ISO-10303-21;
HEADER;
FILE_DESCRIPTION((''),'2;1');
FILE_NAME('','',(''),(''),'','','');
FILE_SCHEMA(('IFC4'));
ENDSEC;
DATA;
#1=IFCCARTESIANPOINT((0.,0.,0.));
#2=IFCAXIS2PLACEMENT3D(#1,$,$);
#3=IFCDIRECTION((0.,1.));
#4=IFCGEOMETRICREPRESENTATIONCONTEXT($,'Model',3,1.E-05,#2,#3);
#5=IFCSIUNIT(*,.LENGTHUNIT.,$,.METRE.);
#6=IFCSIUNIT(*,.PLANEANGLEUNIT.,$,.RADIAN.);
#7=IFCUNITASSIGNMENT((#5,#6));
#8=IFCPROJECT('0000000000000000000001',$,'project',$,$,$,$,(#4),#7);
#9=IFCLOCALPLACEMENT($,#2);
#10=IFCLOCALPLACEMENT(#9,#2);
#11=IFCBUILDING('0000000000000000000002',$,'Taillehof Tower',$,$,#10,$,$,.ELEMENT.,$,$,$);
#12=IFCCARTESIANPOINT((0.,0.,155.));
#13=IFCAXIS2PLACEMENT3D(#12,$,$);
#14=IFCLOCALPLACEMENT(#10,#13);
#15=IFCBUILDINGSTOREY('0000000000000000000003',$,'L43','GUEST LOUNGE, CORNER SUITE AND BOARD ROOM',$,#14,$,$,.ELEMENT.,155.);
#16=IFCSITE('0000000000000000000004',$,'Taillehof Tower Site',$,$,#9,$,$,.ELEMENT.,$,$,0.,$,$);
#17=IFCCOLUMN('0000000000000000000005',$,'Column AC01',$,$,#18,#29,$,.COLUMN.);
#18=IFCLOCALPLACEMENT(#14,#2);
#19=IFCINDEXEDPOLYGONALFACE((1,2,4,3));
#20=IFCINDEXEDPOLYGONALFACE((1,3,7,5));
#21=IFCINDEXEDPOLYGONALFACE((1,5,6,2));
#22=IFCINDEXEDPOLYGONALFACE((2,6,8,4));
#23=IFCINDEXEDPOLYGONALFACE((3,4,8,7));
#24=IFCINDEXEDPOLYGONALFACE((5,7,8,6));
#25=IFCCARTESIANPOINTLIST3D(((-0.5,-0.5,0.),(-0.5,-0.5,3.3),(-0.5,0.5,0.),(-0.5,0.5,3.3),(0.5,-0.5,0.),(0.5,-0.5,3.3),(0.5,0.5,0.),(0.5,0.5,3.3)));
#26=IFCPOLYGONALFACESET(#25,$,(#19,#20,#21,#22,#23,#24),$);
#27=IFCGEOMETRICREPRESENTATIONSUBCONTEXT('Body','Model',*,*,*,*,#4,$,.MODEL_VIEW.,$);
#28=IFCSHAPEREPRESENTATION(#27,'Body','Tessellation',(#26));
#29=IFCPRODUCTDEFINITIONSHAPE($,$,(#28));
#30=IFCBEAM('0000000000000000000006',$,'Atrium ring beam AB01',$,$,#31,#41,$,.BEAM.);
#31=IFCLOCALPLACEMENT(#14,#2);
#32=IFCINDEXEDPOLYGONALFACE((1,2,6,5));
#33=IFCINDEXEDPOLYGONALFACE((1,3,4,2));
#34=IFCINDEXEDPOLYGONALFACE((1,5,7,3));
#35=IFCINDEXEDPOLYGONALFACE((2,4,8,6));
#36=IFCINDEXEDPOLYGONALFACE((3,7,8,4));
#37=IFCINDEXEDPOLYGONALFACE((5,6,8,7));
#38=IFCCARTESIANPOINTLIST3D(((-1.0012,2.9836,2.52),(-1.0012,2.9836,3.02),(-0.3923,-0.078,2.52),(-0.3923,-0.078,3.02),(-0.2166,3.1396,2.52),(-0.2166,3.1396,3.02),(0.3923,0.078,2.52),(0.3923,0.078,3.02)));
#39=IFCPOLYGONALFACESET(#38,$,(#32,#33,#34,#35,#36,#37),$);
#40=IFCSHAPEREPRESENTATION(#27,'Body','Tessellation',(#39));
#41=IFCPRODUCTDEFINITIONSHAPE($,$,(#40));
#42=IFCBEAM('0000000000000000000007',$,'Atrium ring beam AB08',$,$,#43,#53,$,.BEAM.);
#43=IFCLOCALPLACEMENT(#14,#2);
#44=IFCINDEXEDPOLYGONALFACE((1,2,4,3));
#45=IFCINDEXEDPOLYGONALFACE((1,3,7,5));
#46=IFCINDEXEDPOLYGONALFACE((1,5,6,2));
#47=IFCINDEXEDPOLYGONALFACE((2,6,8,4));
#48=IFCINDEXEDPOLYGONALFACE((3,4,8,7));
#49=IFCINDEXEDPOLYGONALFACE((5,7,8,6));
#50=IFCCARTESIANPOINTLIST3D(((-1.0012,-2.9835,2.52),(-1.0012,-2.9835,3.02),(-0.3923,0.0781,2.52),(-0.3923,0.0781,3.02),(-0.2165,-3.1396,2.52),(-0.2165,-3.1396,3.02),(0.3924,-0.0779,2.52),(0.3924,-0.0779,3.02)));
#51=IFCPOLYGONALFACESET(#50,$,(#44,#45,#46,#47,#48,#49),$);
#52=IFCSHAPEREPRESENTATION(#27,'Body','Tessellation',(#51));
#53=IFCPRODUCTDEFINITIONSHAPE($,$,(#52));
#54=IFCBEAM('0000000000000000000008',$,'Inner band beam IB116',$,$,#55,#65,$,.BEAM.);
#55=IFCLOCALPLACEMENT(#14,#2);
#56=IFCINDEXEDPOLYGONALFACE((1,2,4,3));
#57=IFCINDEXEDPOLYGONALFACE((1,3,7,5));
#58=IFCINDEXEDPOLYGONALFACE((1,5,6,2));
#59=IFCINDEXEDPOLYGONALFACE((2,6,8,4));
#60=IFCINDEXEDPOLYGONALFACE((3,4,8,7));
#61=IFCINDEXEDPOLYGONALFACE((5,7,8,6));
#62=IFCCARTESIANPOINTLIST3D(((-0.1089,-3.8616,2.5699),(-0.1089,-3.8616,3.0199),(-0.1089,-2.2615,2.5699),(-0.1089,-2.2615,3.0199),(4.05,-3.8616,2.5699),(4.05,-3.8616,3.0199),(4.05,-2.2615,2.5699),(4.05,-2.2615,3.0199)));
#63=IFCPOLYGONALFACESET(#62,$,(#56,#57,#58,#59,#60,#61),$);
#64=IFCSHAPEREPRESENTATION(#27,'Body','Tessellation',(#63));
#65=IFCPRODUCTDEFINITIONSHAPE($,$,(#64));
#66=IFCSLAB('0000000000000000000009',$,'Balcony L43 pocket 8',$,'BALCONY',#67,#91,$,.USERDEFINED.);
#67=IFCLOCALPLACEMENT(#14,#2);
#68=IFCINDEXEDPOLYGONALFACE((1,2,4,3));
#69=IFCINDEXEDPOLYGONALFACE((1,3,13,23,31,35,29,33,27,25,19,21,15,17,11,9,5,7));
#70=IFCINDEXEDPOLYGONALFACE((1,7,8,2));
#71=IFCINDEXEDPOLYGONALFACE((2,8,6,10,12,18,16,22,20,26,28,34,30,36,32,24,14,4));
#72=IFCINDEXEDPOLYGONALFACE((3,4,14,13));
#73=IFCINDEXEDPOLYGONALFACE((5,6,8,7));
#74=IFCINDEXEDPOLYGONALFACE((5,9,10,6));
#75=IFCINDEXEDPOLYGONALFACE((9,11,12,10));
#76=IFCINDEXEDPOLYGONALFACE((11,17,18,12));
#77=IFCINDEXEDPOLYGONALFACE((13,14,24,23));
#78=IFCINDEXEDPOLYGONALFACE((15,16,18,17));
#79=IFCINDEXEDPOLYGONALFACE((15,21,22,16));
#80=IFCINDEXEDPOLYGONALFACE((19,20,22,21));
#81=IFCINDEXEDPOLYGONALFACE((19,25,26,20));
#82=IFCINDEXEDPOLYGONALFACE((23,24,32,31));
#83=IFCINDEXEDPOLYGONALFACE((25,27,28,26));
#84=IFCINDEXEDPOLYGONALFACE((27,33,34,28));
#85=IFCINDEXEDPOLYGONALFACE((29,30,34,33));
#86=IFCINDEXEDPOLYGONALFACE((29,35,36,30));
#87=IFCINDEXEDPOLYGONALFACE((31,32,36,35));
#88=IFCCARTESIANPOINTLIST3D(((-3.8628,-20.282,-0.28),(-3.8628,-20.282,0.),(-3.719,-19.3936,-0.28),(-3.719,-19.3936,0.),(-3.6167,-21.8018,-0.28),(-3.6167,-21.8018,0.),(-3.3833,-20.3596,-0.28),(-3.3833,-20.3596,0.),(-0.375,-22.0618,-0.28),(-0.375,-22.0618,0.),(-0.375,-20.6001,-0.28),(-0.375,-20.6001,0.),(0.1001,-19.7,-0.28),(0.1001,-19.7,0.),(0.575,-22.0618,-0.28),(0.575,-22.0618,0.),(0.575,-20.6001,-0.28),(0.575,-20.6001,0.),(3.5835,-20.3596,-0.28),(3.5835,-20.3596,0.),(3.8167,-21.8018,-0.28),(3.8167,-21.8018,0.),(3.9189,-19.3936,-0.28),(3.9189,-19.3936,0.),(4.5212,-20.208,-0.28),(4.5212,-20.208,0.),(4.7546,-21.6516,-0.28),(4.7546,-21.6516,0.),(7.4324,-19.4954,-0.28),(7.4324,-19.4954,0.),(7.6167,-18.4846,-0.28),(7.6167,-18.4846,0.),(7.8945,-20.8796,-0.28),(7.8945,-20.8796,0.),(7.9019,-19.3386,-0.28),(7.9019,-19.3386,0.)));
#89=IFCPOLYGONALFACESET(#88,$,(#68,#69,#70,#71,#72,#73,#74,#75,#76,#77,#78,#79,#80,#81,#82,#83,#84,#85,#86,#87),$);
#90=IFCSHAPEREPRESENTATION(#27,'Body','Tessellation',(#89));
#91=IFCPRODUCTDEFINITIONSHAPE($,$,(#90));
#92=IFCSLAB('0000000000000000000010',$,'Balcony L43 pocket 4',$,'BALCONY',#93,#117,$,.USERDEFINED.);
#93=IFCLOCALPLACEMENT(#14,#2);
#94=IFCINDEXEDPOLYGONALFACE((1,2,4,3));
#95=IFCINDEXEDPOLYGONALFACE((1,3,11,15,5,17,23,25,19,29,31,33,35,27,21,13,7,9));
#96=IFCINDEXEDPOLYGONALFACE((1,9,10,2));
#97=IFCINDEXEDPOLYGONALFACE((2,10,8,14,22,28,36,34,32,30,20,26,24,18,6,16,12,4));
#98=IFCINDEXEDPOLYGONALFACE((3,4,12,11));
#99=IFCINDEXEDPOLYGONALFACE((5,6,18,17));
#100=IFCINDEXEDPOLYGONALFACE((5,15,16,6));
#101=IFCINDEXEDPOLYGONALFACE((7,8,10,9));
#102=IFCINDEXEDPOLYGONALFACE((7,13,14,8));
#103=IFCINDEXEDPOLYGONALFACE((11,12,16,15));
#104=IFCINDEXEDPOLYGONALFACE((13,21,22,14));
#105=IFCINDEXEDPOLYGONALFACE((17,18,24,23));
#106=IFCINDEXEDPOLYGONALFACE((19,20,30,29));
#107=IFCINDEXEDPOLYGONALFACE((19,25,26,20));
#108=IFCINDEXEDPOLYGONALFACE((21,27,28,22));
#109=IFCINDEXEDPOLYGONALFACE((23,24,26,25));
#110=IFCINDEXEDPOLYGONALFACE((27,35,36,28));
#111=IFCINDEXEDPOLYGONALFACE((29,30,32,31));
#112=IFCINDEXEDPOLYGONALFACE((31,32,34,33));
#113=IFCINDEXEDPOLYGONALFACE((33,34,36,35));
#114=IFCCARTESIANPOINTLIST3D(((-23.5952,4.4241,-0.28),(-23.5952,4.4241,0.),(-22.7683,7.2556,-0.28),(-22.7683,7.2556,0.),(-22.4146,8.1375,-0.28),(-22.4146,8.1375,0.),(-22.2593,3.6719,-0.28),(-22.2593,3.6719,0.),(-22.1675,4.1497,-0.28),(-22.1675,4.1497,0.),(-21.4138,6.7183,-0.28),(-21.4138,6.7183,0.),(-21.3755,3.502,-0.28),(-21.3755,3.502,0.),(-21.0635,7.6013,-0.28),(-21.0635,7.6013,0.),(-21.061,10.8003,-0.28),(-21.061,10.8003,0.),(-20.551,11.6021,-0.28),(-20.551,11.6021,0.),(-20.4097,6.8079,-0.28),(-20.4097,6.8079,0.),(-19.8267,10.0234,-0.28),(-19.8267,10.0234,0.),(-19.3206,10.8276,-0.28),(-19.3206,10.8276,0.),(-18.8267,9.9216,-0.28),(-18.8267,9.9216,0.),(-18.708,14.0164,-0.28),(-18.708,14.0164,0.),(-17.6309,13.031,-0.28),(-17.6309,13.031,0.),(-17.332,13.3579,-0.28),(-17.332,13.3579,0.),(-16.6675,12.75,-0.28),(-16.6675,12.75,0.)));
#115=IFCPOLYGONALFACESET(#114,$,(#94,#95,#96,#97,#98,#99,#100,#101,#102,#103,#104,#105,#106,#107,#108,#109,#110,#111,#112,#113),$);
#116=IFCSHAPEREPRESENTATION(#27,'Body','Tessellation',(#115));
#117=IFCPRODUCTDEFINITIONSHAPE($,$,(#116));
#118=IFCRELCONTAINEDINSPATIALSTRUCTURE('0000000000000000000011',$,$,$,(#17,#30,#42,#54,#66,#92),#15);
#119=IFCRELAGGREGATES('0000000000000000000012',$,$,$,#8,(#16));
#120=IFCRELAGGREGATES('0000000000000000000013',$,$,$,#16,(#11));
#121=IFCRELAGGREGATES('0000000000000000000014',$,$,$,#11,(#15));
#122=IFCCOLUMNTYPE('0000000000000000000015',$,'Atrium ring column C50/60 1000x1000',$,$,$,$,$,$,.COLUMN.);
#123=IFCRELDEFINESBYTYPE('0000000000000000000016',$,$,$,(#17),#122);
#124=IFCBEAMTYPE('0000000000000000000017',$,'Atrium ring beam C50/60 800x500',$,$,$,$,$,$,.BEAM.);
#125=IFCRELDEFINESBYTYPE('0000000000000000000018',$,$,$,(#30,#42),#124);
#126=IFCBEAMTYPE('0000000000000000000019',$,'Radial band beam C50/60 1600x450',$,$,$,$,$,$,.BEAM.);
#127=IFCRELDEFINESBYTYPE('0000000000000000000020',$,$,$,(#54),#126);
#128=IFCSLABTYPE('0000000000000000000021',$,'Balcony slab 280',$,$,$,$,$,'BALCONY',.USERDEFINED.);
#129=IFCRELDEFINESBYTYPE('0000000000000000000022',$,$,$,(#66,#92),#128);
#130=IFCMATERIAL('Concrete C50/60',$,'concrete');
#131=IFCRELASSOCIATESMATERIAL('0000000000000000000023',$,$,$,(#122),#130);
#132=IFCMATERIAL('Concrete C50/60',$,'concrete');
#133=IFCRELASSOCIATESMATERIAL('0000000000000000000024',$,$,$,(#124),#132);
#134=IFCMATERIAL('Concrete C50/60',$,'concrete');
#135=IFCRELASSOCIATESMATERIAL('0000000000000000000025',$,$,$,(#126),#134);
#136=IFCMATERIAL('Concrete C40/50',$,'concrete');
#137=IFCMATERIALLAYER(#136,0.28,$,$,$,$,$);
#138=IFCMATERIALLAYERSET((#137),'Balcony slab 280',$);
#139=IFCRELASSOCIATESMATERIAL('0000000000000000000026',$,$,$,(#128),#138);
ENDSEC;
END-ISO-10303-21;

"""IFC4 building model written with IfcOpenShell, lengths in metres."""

from ifc_helpers import new_model, si_unit, direction, frame, origin, origin_with_axes, origin_2d, place, context, subcontext, project, spatial, polyline, rectangle, outline, extrude, material, layer, layer_set, material_profile, profile_set, type_object, element, save


model = new_model("IFC4")

# Units and contexts
model_context = context("Model", 3, precision=1e-05, world=origin(), true_north=direction((0.0, 1.0)))
body_context = subcontext(model_context, "Body", "Model", "MODEL_VIEW")
ifc_project = project(units=[si_unit("LENGTHUNIT", "METRE"), si_unit("PLANEANGLEUNIT", "RADIAN")], contexts=[model_context])

# Site, building, storey
site_placement = place(None, origin())
site = spatial("IfcSite", under=ifc_project, at=site_placement, Name="Taillehof Tower Site", CompositionType="ELEMENT", RefElevation=0.0)
building_placement = place(site_placement, origin())
building = spatial("IfcBuilding", under=site, at=building_placement, Name="Taillehof Tower", CompositionType="ELEMENT")
storey_placement = place(building_placement, frame((0.0, 0.0, 155.0)))
storey = spatial("IfcBuildingStorey", under=building, at=storey_placement, Name="L43", Description="GUEST LOUNGE, CORNER SUITE AND BOARD ROOM", CompositionType="ELEMENT", Elevation=155.0)

# Column
ifc_material_1 = material(Name="Concrete C50/60", Category="concrete")
ifc_material_profile_1 = material_profile(ifc_material_1, rectangle(XDim=1.0, YDim=1.0, at=origin_2d()), Name="RC 1000x1000")
ifc_profile_set_1 = profile_set([ifc_material_profile_1], Name="Concrete C50/60")
column_type = type_object("IfcColumnType", Name="Atrium ring column C50/60 1000x1000", PredefinedType="COLUMN", material=ifc_profile_set_1)
column_placement = place(storey_placement, origin_with_axes())
element("IfcColumn", 1, at=column_placement, inside=storey, type_object=column_type, Name="Column AC01", PredefinedType="COLUMN", context=body_context, shape_type="SweptSolid", body=[
    extrude(rectangle(XDim=1.0, YDim=1.0, at=origin_2d()), origin(), (0.0, 0.0, 1.0), 3.3),
])

# Beams
ifc_material_2 = material(Name="Concrete C50/60", Category="concrete")
ifc_material_profile_2 = material_profile(ifc_material_2, rectangle(XDim=0.8, YDim=0.5, at=origin_2d()), Name="RC 800x500")
ifc_profile_set_2 = profile_set([ifc_material_profile_2], Name="Concrete C50/60")
beam_type_1 = type_object("IfcBeamType", Name="Atrium ring beam C50/60 800x500", PredefinedType="BEAM", material=ifc_profile_set_2)
for number, where, z_axis, x_axis, name in (
    (2, (0.0, 0.0, 2.77), (-0.195063, 0.980791, 0.0), (-0.980791, -0.195063, 0.0), "Atrium ring beam AB01"),
    (3, (-0.6089, -3.0615, 2.77), (0.195063, 0.980791, 0.0), (-0.980791, 0.195063, 0.0), "Atrium ring beam AB08"),
):
    element("IfcBeam", number, at=place(storey_placement, frame(where, z_axis=z_axis, x_axis=x_axis)), inside=storey, type_object=beam_type_1, Name=name, PredefinedType="BEAM", context=body_context, shape_type="SweptSolid", body=[
        extrude(rectangle(XDim=0.8, YDim=0.5, at=origin_2d()), origin(), (0.0, 0.0, 1.0), 3.1216),
    ])
ifc_material_3 = material(Name="Concrete C50/60", Category="concrete")
ifc_material_profile_3 = material_profile(ifc_material_3, rectangle(XDim=1.6001, YDim=0.45, at=origin_2d()), Name="RC 1600x450")
ifc_profile_set_3 = profile_set([ifc_material_profile_3], Name="Concrete C50/60")
beam_type_2 = type_object("IfcBeamType", Name="Radial band beam C50/60 1600x450", PredefinedType="BEAM", material=ifc_profile_set_3)
beam_placement = place(storey_placement, frame((-0.1089, -3.0615, 2.7949), z_axis=(1.0, 0.0, 0.0), x_axis=(0.0, 1.0, 0.0)))
element("IfcBeam", 4, at=beam_placement, inside=storey, type_object=beam_type_2, Name="Inner band beam IB116", PredefinedType="BEAM", context=body_context, shape_type="SweptSolid", body=[
    extrude(rectangle(XDim=1.6001, YDim=0.45, at=origin_2d()), origin(), (0.0, 0.0, 1.0), 4.1589),
])

# Slabs
ifc_material_4 = material(Name="Concrete C40/50", Category="concrete")
ifc_layer_1 = layer(ifc_material_4, 0.28)
ifc_layer_set_1 = layer_set([ifc_layer_1], Name="Balcony slab 280")
slab_type_1 = type_object("IfcSlabType", Name="Balcony slab 280", ElementType="BALCONY", PredefinedType="USERDEFINED", material=ifc_layer_set_1)
slab_1_placement = place(storey_placement, frame((0.0, 0.0, -0.28)))
element("IfcSlab", 5, at=slab_1_placement, inside=storey, type_object=slab_type_1, Name="Balcony L43 pocket 8", ObjectType="BALCONY", PredefinedType="USERDEFINED", context=body_context, shape_type="SweptSolid", body=[
    extrude(outline(polyline([(7.6167, -18.4846), (7.9019, -19.3386), (7.4324, -19.4954), (7.8945, -20.8796), (4.7546, -21.6516), (4.5212, -20.208), (3.5835, -20.3596), (3.8167, -21.8018), (0.575, -22.0618), (0.575, -20.6001), (-0.375, -20.6001), (-0.375, -22.0618), (-3.6167, -21.8018), (-3.3833, -20.3596), (-3.8628, -20.282), (-3.719, -19.3936), (0.1001, -19.7), (3.9189, -19.3936), (7.6167, -18.4846)])), origin(), (0.0, 0.0, 1.0), 0.28),
])
slab_2_placement = place(storey_placement, frame((0.0, 0.0, -0.28)))
element("IfcSlab", 6, at=slab_2_placement, inside=storey, type_object=slab_type_1, Name="Balcony L43 pocket 4", ObjectType="BALCONY", PredefinedType="USERDEFINED", context=body_context, shape_type="SweptSolid", body=[
    extrude(outline(polyline([(-21.3755, 3.502), (-22.2593, 3.6719), (-22.1675, 4.1497), (-23.5952, 4.4241), (-22.7683, 7.2556), (-21.4138, 6.7183), (-21.0635, 7.6013), (-22.4146, 8.1375), (-21.061, 10.8003), (-19.8267, 10.0234), (-19.3206, 10.8276), (-20.551, 11.6021), (-18.708, 14.0164), (-17.6309, 13.031), (-17.332, 13.3579), (-16.6675, 12.75), (-18.8267, 9.9216), (-20.4097, 6.8079), (-21.3755, 3.502)])), origin(), (0.0, 0.0, 1.0), 0.28),
])

save(model, "model.ifc")
